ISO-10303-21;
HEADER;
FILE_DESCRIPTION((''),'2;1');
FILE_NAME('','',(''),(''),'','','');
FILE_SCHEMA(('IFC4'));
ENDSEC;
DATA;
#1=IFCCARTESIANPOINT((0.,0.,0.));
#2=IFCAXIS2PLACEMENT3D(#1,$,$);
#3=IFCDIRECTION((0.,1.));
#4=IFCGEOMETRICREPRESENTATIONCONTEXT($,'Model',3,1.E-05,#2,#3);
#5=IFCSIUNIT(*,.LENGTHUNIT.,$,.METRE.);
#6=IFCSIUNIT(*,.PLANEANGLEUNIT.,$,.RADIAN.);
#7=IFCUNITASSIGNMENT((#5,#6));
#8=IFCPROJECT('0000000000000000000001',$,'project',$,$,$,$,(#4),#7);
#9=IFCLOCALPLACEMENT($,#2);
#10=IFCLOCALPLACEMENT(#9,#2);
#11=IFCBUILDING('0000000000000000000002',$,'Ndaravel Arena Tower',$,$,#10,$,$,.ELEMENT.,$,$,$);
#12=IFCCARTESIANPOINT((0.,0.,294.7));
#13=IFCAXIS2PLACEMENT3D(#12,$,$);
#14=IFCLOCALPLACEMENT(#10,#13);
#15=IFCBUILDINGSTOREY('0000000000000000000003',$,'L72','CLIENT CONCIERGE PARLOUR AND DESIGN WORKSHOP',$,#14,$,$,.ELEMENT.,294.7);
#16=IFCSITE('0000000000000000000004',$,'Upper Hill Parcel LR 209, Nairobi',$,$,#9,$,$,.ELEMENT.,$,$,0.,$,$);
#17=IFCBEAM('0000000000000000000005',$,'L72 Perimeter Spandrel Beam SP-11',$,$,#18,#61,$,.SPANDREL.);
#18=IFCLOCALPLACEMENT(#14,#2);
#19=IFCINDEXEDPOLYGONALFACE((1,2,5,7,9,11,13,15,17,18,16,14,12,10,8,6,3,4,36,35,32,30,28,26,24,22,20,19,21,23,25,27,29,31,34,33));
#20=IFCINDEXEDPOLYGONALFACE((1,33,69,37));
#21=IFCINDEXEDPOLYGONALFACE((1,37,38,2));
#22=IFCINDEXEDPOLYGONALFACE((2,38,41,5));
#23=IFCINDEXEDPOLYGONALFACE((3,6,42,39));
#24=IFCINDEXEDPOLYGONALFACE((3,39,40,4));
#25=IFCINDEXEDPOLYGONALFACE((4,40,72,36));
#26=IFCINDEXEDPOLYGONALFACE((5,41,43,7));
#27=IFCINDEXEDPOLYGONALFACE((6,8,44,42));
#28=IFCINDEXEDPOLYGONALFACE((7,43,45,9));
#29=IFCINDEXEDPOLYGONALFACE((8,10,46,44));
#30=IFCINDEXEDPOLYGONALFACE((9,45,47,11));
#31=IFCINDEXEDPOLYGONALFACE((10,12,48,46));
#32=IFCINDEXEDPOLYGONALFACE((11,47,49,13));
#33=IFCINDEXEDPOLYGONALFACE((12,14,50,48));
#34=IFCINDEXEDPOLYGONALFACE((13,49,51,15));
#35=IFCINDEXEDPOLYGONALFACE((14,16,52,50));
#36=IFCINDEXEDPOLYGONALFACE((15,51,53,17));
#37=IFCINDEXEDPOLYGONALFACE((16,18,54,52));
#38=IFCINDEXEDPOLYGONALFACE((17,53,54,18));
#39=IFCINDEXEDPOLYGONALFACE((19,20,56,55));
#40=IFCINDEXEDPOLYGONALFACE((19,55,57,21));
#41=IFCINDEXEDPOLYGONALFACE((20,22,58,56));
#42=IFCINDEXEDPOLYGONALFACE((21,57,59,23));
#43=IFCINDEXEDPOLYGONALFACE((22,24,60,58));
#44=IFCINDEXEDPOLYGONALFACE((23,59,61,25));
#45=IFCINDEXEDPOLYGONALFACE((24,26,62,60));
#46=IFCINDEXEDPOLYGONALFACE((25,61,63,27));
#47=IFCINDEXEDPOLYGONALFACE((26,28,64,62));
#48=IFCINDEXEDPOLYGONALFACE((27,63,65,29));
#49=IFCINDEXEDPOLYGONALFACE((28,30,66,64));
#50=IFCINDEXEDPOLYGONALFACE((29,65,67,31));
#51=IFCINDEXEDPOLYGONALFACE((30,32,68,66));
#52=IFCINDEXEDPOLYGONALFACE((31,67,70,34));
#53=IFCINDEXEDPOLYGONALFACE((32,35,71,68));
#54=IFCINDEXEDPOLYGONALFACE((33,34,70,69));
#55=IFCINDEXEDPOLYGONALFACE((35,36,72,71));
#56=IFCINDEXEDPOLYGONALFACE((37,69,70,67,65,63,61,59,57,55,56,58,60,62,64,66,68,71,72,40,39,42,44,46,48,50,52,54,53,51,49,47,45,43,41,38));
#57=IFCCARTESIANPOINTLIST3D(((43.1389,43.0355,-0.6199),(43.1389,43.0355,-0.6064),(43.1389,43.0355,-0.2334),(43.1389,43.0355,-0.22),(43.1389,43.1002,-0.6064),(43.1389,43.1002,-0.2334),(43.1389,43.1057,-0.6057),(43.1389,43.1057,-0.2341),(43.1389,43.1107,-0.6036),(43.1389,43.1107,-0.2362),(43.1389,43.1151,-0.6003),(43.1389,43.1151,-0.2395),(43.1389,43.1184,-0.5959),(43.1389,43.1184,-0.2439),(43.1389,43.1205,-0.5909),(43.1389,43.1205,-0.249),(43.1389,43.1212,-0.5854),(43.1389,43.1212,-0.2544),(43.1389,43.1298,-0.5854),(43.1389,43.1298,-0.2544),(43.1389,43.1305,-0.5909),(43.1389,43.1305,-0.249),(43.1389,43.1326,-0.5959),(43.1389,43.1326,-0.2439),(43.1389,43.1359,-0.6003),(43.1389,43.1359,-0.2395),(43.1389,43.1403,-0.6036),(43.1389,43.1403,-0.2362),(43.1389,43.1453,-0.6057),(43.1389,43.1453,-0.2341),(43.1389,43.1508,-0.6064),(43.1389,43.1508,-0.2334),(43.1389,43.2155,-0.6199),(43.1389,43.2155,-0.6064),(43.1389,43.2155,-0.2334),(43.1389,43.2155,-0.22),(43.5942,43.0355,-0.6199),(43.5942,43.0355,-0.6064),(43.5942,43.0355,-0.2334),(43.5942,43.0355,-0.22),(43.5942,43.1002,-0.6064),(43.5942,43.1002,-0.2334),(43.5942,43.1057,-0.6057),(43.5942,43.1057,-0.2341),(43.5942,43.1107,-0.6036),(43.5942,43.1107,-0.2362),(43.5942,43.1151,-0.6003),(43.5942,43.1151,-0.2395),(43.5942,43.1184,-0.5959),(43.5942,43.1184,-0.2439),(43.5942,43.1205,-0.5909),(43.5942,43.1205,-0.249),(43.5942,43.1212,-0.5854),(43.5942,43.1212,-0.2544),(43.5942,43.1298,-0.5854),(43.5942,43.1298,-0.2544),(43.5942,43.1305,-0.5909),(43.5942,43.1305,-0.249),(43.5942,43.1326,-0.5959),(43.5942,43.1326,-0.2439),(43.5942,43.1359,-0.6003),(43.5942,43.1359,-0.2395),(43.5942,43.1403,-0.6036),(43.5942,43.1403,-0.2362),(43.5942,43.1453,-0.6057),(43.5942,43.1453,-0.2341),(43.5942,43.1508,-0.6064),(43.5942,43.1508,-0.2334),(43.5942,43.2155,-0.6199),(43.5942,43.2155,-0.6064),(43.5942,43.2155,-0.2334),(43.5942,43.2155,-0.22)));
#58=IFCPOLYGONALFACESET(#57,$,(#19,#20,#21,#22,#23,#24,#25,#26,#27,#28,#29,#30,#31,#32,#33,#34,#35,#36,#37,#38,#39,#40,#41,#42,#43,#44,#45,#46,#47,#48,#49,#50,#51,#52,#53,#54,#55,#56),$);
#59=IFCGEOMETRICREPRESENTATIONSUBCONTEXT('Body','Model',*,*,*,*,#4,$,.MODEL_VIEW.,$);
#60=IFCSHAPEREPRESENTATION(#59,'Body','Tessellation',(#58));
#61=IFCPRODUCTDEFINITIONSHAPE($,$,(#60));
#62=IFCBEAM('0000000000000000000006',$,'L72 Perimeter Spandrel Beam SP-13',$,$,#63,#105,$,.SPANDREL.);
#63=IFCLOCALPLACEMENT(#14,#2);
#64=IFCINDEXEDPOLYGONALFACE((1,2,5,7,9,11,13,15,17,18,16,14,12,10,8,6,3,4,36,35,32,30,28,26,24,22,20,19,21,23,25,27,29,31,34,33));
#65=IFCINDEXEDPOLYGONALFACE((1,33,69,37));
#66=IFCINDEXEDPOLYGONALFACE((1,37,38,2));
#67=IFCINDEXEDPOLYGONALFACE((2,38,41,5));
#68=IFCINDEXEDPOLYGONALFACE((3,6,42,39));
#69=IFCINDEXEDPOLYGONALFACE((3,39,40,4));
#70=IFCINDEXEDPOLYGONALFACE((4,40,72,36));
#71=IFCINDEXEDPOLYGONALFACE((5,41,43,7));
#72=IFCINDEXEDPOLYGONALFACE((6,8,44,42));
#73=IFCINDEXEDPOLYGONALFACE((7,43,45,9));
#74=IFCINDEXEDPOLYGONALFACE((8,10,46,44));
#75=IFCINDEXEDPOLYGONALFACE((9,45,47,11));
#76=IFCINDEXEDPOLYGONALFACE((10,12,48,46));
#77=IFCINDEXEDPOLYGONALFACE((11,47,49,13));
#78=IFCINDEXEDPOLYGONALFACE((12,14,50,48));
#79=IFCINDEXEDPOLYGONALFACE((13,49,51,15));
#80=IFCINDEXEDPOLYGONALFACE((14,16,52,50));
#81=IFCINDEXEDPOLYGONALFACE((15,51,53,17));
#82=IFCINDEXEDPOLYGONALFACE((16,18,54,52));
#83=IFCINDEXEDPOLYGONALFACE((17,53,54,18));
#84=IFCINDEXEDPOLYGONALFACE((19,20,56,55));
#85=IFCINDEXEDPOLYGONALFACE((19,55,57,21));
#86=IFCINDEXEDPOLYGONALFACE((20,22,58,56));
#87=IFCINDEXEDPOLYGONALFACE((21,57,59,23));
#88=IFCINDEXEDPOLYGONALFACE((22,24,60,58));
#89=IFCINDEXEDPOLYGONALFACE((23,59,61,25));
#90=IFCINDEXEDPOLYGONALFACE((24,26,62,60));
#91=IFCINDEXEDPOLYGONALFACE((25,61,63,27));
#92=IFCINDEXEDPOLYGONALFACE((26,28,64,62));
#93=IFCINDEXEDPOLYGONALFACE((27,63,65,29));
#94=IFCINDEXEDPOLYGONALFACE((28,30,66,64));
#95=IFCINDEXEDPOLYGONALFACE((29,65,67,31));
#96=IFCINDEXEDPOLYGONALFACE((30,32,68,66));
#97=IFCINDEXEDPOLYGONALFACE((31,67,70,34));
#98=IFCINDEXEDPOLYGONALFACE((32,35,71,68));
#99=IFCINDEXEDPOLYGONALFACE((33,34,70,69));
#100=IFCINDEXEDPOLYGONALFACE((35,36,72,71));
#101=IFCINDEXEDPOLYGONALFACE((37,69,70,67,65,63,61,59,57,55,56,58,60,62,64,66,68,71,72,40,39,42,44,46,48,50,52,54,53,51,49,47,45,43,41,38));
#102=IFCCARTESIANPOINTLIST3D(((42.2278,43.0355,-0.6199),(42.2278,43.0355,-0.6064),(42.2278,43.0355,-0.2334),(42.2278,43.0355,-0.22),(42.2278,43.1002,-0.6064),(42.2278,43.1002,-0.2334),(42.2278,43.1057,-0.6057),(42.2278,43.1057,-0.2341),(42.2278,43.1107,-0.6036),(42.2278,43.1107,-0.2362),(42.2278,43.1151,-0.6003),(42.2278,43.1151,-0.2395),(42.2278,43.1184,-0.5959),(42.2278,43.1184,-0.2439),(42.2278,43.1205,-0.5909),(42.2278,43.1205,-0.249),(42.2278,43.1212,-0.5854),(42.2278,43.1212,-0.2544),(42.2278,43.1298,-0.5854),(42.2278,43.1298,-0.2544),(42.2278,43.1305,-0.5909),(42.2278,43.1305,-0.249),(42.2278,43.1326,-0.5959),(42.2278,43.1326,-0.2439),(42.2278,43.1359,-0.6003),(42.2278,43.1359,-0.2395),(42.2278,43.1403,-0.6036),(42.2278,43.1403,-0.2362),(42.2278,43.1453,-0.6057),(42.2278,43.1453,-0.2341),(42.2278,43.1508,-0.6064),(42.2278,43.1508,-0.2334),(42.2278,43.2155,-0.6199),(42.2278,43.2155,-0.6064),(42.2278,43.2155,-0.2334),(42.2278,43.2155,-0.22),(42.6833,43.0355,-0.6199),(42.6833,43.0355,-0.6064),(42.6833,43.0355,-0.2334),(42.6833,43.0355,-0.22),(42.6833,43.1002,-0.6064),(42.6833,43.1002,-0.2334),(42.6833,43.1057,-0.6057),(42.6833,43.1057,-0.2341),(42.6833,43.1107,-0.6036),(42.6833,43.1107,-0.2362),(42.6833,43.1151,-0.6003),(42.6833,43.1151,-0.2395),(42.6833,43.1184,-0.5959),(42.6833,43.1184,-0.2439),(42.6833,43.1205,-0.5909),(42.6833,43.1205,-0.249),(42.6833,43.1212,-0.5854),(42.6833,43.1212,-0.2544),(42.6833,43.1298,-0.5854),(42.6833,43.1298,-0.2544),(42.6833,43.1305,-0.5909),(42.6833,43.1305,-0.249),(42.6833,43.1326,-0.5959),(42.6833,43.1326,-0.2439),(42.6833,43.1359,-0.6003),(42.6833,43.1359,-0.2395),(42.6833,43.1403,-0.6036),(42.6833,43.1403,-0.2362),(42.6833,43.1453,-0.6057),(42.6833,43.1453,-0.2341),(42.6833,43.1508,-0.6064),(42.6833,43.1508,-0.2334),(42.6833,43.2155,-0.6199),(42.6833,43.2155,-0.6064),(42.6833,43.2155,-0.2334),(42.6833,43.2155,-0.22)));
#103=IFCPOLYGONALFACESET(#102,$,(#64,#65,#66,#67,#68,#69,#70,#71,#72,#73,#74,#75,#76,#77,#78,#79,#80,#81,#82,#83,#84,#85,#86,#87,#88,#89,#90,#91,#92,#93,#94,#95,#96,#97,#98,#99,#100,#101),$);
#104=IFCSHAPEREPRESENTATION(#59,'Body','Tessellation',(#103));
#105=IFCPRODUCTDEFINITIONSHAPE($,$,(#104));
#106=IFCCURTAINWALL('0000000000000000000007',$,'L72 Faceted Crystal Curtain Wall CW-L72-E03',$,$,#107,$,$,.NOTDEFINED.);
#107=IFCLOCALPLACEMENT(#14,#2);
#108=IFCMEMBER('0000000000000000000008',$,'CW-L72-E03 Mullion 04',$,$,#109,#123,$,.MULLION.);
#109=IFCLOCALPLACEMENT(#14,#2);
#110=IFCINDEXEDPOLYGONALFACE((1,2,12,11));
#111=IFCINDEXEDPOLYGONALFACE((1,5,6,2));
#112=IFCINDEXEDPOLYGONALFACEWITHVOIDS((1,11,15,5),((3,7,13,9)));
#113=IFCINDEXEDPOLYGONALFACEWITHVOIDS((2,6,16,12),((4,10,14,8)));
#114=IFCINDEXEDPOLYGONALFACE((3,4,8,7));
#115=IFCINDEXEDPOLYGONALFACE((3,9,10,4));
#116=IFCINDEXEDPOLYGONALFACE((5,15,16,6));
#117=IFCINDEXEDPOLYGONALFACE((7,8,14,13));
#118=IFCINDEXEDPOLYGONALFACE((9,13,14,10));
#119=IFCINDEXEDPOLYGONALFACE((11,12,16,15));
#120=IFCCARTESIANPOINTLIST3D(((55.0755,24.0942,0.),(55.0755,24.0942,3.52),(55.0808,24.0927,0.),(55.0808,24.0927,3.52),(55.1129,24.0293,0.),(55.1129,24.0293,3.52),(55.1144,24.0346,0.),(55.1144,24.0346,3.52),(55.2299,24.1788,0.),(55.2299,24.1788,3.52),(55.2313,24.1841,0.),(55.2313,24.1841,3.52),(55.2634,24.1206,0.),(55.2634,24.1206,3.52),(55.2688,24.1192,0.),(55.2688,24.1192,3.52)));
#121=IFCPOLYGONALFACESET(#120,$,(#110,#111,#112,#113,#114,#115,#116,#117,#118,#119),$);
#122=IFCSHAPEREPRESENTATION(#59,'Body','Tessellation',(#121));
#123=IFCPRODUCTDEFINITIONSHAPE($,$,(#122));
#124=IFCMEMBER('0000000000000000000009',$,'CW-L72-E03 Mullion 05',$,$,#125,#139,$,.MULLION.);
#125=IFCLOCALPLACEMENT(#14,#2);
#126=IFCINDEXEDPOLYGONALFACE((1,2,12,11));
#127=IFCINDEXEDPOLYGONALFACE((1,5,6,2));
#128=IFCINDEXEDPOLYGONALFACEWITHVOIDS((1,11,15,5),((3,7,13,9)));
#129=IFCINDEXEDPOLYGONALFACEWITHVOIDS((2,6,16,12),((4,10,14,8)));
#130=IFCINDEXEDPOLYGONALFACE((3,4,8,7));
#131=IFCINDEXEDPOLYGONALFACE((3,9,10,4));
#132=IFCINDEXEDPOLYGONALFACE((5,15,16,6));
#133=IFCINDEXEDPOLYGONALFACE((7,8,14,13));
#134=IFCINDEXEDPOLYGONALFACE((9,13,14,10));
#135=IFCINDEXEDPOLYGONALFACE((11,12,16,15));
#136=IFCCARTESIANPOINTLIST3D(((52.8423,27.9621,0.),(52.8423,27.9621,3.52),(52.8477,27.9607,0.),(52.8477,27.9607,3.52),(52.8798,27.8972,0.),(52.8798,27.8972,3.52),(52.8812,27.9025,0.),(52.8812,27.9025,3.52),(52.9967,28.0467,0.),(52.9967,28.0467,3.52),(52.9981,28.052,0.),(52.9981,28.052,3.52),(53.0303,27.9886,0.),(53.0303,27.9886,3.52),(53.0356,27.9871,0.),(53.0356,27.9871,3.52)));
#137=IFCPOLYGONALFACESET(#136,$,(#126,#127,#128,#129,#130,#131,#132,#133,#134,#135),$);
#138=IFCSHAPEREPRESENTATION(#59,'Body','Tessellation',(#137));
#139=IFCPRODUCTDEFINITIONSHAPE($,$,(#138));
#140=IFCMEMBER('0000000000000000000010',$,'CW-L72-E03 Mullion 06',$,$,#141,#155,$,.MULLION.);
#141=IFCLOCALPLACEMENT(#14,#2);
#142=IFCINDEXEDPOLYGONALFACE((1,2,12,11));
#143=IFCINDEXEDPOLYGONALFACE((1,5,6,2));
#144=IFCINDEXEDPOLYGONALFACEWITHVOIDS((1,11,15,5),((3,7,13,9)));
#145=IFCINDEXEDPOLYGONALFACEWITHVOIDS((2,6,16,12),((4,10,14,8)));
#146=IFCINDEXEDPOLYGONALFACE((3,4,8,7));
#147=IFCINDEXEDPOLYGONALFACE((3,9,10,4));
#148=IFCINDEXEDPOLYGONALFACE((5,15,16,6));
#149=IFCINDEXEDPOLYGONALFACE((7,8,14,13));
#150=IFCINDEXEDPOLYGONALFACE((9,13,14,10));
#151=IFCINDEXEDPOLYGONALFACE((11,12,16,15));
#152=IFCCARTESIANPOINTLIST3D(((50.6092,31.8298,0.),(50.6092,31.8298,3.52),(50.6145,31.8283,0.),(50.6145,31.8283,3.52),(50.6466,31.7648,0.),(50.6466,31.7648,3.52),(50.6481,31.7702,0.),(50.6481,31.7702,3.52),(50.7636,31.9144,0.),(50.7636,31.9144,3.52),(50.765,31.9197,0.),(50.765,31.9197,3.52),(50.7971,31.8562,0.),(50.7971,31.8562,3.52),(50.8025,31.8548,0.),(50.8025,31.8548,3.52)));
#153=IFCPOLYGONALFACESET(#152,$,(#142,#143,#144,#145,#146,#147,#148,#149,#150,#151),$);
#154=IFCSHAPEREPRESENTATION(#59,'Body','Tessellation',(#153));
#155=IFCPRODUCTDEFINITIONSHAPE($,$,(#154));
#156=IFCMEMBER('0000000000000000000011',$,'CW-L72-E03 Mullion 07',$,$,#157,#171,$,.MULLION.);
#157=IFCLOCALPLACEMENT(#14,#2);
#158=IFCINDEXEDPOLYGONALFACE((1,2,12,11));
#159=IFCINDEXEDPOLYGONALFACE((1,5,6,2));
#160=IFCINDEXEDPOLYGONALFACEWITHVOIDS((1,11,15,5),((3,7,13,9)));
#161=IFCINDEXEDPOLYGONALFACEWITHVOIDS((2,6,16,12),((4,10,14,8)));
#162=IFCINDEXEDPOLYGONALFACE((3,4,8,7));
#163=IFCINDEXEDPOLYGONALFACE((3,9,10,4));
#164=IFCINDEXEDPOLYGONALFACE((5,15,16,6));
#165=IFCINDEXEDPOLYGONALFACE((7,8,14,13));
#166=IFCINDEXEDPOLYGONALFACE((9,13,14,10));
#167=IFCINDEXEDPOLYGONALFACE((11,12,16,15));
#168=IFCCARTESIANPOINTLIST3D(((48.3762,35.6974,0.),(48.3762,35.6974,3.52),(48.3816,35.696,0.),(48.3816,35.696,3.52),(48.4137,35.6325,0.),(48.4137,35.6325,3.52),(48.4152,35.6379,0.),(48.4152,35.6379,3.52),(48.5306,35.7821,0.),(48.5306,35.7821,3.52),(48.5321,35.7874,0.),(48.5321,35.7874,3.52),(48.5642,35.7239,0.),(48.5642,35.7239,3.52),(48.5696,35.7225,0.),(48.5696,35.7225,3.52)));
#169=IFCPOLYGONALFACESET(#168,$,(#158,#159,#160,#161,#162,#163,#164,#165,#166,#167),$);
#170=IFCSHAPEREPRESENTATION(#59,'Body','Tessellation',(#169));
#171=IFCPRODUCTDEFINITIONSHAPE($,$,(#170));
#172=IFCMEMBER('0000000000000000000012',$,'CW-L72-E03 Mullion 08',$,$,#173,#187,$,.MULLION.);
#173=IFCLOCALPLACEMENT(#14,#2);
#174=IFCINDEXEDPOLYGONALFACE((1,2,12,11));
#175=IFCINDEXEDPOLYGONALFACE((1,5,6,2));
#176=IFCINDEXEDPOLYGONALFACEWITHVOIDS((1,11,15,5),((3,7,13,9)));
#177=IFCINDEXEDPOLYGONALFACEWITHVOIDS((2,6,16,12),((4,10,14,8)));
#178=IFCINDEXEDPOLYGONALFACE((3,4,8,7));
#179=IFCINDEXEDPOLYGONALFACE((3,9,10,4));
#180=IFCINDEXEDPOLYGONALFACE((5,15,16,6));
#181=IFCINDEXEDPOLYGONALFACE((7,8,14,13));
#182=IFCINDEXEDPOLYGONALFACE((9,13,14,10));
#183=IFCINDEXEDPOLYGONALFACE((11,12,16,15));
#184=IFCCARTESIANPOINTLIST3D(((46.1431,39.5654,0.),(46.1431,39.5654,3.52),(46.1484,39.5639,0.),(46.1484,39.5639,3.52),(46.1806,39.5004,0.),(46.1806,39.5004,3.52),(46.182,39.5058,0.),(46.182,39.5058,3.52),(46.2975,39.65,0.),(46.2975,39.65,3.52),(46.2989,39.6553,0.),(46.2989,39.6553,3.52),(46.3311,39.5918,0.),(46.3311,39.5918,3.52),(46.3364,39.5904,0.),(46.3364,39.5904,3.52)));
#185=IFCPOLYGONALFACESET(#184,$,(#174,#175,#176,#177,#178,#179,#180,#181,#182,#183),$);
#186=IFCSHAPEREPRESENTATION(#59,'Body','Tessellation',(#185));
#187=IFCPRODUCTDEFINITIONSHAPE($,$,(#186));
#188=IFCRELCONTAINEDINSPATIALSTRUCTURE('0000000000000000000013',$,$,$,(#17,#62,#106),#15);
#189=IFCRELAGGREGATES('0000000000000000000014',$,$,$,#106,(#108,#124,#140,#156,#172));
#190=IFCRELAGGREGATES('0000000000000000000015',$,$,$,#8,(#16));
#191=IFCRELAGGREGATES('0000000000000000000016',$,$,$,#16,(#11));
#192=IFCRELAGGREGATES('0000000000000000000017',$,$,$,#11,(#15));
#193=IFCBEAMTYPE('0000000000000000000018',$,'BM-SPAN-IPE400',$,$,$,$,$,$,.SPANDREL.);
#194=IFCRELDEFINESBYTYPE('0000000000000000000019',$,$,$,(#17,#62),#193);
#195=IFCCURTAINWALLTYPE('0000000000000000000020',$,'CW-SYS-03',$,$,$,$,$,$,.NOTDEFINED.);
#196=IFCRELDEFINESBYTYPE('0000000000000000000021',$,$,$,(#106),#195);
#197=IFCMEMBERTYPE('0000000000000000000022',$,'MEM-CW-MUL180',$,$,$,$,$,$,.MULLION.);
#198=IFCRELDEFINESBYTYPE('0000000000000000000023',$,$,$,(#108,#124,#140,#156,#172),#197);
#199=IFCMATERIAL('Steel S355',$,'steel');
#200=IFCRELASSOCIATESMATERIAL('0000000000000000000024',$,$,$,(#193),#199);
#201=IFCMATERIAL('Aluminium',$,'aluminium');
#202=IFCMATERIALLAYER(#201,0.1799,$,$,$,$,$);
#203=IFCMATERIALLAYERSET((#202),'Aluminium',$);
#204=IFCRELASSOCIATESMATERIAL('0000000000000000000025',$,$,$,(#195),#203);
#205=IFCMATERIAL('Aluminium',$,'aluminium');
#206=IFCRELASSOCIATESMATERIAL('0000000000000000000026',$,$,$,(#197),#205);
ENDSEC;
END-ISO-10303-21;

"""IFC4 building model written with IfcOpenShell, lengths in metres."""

from ifc_helpers import new_model, si_unit, direction, frame, origin, origin_2d, place, context, subcontext, project, spatial, hollow_rectangle, i_section, extrude, material, layer, layer_set, material_profile, profile_set, type_object, element, aggregate, save


model = new_model("IFC4")

# Units and contexts
model_context = context("Model", 3, precision=1e-05, world=origin(), true_north=direction((0.0, 1.0)))
body_context = subcontext(model_context, "Body", "Model", "MODEL_VIEW")
ifc_project = project(units=[si_unit("LENGTHUNIT", "METRE"), si_unit("PLANEANGLEUNIT", "RADIAN")], contexts=[model_context])

# Site, building, storey
site_placement = place(None, origin())
site = spatial("IfcSite", under=ifc_project, at=site_placement, Name="Upper Hill Parcel LR 209, Nairobi", CompositionType="ELEMENT", RefElevation=0.0)
building_placement = place(site_placement, origin())
building = spatial("IfcBuilding", under=site, at=building_placement, Name="Ndaravel Arena Tower", CompositionType="ELEMENT")
storey_placement = place(building_placement, frame((0.0, 0.0, 294.7)))
storey = spatial("IfcBuildingStorey", under=building, at=storey_placement, Name="L72", Description="CLIENT CONCIERGE PARLOUR AND DESIGN WORKSHOP", CompositionType="ELEMENT", Elevation=294.7)

# Beams
ifc_material_1 = material(Name="Steel S355", Category="steel")
ifc_material_profile_1 = material_profile(ifc_material_1, i_section(OverallWidth=0.1799, OverallDepth=0.3999, WebThickness=0.0085, FlangeThickness=0.0134, FilletRadius=0.021, at=origin_2d()), Name="IPE 400")
ifc_profile_set_1 = profile_set([ifc_material_profile_1], Name="Steel S355")
beam_type_1 = type_object("IfcBeamType", Name="BM-SPAN-IPE400", PredefinedType="SPANDREL", material=ifc_profile_set_1)
beam_1_placement = place(storey_placement, frame((43.5942, 43.1255, -0.4199), z_axis=(-1.0, 0.0, 0.0), x_axis=(0.0, -1.0, 0.0)))
element("IfcBeam", 1, at=beam_1_placement, inside=storey, type_object=beam_type_1, Name="L72 Perimeter Spandrel Beam SP-11", PredefinedType="SPANDREL", context=body_context, shape_type="SweptSolid", body=[
    extrude(i_section(OverallWidth=0.1799, OverallDepth=0.3999, WebThickness=0.0085, FlangeThickness=0.0134, FilletRadius=0.021, at=origin_2d()), origin(), (0.0, 0.0, 1.0), 0.4553),
])
beam_2_placement = place(storey_placement, frame((42.6833, 43.1255, -0.4199), z_axis=(-1.0, 0.0, 0.0), x_axis=(0.0, -1.0, 0.0)))
element("IfcBeam", 2, at=beam_2_placement, inside=storey, type_object=beam_type_1, Name="L72 Perimeter Spandrel Beam SP-13", PredefinedType="SPANDREL", context=body_context, shape_type="SweptSolid", body=[
    extrude(i_section(OverallWidth=0.1799, OverallDepth=0.3999, WebThickness=0.0085, FlangeThickness=0.0134, FilletRadius=0.021, at=origin_2d()), origin(), (0.0, 0.0, 1.0), 0.4556),
])

# Curtain wall, members
ifc_material_2 = material(Name="Aluminium", Category="aluminium")
ifc_layer_1 = layer(ifc_material_2, 0.1799)
ifc_layer_set_1 = layer_set([ifc_layer_1], Name="Aluminium")
curtain_wall_type_1 = type_object("IfcCurtainWallType", Name="CW-SYS-03", PredefinedType="NOTDEFINED", material=ifc_layer_set_1)
curtain_wall_1_placement = place(storey_placement, origin())
curtain_wall_1 = element("IfcCurtainWall", 3, at=curtain_wall_1_placement, inside=storey, type_object=curtain_wall_type_1, Name="L72 Faceted Crystal Curtain Wall CW-L72-E03", PredefinedType="NOTDEFINED")
ifc_material_3 = material(Name="Aluminium", Category="aluminium")
ifc_material_profile_2 = material_profile(ifc_material_3, hollow_rectangle(XDim=0.075, YDim=0.1799, WallThickness=0.0039, at=origin_2d()), Name="CW MULLION 75x180x4")
ifc_profile_set_2 = profile_set([ifc_material_profile_2], Name="Aluminium")
member_type_1 = type_object("IfcMemberType", Name="MEM-CW-MUL180", PredefinedType="MULLION", material=ifc_profile_set_2)
member_1_placement = place(storey_placement, frame((55.1721, 24.1067, 0.0), z_axis=(0.0, 0.0, 1.0), x_axis=(-0.5, 0.866025, 0.0)))
member_1 = element("IfcMember", 4, at=member_1_placement, type_object=member_type_1, Name="CW-L72-E03 Mullion 04", PredefinedType="MULLION", context=body_context, shape_type="SweptSolid", body=[
    extrude(hollow_rectangle(XDim=0.075, YDim=0.1799, WallThickness=0.0039, at=origin_2d()), origin(), (0.0, 0.0, 1.0), 3.52),
])
member_2_placement = place(storey_placement, frame((52.939, 27.9746, 0.0), z_axis=(0.0, 0.0, 1.0), x_axis=(-0.5, 0.866025, 0.0)))
member_2 = element("IfcMember", 5, at=member_2_placement, type_object=member_type_1, Name="CW-L72-E03 Mullion 05", PredefinedType="MULLION", context=body_context, shape_type="SweptSolid", body=[
    extrude(hollow_rectangle(XDim=0.075, YDim=0.1799, WallThickness=0.0039, at=origin_2d()), origin(), (0.0, 0.0, 1.0), 3.52),
])
member_3_placement = place(storey_placement, frame((50.7058, 31.8423, 0.0), z_axis=(0.0, 0.0, 1.0), x_axis=(-0.5, 0.866025, 0.0)))
member_3 = element("IfcMember", 6, at=member_3_placement, type_object=member_type_1, Name="CW-L72-E03 Mullion 06", PredefinedType="MULLION", context=body_context, shape_type="SweptSolid", body=[
    extrude(hollow_rectangle(XDim=0.075, YDim=0.1799, WallThickness=0.0039, at=origin_2d()), origin(), (0.0, 0.0, 1.0), 3.52),
])
member_4_placement = place(storey_placement, frame((48.4729, 35.71, 0.0), z_axis=(0.0, 0.0, 1.0), x_axis=(-0.5, 0.866025, 0.0)))
member_4 = element("IfcMember", 7, at=member_4_placement, type_object=member_type_1, Name="CW-L72-E03 Mullion 07", PredefinedType="MULLION", context=body_context, shape_type="SweptSolid", body=[
    extrude(hollow_rectangle(XDim=0.075, YDim=0.1799, WallThickness=0.0039, at=origin_2d()), origin(), (0.0, 0.0, 1.0), 3.52),
])
member_5_placement = place(storey_placement, frame((46.2397, 39.5779, 0.0), z_axis=(0.0, 0.0, 1.0), x_axis=(-0.5, 0.866025, 0.0)))
member_5 = element("IfcMember", 8, at=member_5_placement, type_object=member_type_1, Name="CW-L72-E03 Mullion 08", PredefinedType="MULLION", context=body_context, shape_type="SweptSolid", body=[
    extrude(hollow_rectangle(XDim=0.075, YDim=0.1799, WallThickness=0.0039, at=origin_2d()), origin(), (0.0, 0.0, 1.0), 3.52),
])

aggregate(curtain_wall_1, [member_1, member_2, member_3, member_4, member_5])

save(model, "model.ifc")
